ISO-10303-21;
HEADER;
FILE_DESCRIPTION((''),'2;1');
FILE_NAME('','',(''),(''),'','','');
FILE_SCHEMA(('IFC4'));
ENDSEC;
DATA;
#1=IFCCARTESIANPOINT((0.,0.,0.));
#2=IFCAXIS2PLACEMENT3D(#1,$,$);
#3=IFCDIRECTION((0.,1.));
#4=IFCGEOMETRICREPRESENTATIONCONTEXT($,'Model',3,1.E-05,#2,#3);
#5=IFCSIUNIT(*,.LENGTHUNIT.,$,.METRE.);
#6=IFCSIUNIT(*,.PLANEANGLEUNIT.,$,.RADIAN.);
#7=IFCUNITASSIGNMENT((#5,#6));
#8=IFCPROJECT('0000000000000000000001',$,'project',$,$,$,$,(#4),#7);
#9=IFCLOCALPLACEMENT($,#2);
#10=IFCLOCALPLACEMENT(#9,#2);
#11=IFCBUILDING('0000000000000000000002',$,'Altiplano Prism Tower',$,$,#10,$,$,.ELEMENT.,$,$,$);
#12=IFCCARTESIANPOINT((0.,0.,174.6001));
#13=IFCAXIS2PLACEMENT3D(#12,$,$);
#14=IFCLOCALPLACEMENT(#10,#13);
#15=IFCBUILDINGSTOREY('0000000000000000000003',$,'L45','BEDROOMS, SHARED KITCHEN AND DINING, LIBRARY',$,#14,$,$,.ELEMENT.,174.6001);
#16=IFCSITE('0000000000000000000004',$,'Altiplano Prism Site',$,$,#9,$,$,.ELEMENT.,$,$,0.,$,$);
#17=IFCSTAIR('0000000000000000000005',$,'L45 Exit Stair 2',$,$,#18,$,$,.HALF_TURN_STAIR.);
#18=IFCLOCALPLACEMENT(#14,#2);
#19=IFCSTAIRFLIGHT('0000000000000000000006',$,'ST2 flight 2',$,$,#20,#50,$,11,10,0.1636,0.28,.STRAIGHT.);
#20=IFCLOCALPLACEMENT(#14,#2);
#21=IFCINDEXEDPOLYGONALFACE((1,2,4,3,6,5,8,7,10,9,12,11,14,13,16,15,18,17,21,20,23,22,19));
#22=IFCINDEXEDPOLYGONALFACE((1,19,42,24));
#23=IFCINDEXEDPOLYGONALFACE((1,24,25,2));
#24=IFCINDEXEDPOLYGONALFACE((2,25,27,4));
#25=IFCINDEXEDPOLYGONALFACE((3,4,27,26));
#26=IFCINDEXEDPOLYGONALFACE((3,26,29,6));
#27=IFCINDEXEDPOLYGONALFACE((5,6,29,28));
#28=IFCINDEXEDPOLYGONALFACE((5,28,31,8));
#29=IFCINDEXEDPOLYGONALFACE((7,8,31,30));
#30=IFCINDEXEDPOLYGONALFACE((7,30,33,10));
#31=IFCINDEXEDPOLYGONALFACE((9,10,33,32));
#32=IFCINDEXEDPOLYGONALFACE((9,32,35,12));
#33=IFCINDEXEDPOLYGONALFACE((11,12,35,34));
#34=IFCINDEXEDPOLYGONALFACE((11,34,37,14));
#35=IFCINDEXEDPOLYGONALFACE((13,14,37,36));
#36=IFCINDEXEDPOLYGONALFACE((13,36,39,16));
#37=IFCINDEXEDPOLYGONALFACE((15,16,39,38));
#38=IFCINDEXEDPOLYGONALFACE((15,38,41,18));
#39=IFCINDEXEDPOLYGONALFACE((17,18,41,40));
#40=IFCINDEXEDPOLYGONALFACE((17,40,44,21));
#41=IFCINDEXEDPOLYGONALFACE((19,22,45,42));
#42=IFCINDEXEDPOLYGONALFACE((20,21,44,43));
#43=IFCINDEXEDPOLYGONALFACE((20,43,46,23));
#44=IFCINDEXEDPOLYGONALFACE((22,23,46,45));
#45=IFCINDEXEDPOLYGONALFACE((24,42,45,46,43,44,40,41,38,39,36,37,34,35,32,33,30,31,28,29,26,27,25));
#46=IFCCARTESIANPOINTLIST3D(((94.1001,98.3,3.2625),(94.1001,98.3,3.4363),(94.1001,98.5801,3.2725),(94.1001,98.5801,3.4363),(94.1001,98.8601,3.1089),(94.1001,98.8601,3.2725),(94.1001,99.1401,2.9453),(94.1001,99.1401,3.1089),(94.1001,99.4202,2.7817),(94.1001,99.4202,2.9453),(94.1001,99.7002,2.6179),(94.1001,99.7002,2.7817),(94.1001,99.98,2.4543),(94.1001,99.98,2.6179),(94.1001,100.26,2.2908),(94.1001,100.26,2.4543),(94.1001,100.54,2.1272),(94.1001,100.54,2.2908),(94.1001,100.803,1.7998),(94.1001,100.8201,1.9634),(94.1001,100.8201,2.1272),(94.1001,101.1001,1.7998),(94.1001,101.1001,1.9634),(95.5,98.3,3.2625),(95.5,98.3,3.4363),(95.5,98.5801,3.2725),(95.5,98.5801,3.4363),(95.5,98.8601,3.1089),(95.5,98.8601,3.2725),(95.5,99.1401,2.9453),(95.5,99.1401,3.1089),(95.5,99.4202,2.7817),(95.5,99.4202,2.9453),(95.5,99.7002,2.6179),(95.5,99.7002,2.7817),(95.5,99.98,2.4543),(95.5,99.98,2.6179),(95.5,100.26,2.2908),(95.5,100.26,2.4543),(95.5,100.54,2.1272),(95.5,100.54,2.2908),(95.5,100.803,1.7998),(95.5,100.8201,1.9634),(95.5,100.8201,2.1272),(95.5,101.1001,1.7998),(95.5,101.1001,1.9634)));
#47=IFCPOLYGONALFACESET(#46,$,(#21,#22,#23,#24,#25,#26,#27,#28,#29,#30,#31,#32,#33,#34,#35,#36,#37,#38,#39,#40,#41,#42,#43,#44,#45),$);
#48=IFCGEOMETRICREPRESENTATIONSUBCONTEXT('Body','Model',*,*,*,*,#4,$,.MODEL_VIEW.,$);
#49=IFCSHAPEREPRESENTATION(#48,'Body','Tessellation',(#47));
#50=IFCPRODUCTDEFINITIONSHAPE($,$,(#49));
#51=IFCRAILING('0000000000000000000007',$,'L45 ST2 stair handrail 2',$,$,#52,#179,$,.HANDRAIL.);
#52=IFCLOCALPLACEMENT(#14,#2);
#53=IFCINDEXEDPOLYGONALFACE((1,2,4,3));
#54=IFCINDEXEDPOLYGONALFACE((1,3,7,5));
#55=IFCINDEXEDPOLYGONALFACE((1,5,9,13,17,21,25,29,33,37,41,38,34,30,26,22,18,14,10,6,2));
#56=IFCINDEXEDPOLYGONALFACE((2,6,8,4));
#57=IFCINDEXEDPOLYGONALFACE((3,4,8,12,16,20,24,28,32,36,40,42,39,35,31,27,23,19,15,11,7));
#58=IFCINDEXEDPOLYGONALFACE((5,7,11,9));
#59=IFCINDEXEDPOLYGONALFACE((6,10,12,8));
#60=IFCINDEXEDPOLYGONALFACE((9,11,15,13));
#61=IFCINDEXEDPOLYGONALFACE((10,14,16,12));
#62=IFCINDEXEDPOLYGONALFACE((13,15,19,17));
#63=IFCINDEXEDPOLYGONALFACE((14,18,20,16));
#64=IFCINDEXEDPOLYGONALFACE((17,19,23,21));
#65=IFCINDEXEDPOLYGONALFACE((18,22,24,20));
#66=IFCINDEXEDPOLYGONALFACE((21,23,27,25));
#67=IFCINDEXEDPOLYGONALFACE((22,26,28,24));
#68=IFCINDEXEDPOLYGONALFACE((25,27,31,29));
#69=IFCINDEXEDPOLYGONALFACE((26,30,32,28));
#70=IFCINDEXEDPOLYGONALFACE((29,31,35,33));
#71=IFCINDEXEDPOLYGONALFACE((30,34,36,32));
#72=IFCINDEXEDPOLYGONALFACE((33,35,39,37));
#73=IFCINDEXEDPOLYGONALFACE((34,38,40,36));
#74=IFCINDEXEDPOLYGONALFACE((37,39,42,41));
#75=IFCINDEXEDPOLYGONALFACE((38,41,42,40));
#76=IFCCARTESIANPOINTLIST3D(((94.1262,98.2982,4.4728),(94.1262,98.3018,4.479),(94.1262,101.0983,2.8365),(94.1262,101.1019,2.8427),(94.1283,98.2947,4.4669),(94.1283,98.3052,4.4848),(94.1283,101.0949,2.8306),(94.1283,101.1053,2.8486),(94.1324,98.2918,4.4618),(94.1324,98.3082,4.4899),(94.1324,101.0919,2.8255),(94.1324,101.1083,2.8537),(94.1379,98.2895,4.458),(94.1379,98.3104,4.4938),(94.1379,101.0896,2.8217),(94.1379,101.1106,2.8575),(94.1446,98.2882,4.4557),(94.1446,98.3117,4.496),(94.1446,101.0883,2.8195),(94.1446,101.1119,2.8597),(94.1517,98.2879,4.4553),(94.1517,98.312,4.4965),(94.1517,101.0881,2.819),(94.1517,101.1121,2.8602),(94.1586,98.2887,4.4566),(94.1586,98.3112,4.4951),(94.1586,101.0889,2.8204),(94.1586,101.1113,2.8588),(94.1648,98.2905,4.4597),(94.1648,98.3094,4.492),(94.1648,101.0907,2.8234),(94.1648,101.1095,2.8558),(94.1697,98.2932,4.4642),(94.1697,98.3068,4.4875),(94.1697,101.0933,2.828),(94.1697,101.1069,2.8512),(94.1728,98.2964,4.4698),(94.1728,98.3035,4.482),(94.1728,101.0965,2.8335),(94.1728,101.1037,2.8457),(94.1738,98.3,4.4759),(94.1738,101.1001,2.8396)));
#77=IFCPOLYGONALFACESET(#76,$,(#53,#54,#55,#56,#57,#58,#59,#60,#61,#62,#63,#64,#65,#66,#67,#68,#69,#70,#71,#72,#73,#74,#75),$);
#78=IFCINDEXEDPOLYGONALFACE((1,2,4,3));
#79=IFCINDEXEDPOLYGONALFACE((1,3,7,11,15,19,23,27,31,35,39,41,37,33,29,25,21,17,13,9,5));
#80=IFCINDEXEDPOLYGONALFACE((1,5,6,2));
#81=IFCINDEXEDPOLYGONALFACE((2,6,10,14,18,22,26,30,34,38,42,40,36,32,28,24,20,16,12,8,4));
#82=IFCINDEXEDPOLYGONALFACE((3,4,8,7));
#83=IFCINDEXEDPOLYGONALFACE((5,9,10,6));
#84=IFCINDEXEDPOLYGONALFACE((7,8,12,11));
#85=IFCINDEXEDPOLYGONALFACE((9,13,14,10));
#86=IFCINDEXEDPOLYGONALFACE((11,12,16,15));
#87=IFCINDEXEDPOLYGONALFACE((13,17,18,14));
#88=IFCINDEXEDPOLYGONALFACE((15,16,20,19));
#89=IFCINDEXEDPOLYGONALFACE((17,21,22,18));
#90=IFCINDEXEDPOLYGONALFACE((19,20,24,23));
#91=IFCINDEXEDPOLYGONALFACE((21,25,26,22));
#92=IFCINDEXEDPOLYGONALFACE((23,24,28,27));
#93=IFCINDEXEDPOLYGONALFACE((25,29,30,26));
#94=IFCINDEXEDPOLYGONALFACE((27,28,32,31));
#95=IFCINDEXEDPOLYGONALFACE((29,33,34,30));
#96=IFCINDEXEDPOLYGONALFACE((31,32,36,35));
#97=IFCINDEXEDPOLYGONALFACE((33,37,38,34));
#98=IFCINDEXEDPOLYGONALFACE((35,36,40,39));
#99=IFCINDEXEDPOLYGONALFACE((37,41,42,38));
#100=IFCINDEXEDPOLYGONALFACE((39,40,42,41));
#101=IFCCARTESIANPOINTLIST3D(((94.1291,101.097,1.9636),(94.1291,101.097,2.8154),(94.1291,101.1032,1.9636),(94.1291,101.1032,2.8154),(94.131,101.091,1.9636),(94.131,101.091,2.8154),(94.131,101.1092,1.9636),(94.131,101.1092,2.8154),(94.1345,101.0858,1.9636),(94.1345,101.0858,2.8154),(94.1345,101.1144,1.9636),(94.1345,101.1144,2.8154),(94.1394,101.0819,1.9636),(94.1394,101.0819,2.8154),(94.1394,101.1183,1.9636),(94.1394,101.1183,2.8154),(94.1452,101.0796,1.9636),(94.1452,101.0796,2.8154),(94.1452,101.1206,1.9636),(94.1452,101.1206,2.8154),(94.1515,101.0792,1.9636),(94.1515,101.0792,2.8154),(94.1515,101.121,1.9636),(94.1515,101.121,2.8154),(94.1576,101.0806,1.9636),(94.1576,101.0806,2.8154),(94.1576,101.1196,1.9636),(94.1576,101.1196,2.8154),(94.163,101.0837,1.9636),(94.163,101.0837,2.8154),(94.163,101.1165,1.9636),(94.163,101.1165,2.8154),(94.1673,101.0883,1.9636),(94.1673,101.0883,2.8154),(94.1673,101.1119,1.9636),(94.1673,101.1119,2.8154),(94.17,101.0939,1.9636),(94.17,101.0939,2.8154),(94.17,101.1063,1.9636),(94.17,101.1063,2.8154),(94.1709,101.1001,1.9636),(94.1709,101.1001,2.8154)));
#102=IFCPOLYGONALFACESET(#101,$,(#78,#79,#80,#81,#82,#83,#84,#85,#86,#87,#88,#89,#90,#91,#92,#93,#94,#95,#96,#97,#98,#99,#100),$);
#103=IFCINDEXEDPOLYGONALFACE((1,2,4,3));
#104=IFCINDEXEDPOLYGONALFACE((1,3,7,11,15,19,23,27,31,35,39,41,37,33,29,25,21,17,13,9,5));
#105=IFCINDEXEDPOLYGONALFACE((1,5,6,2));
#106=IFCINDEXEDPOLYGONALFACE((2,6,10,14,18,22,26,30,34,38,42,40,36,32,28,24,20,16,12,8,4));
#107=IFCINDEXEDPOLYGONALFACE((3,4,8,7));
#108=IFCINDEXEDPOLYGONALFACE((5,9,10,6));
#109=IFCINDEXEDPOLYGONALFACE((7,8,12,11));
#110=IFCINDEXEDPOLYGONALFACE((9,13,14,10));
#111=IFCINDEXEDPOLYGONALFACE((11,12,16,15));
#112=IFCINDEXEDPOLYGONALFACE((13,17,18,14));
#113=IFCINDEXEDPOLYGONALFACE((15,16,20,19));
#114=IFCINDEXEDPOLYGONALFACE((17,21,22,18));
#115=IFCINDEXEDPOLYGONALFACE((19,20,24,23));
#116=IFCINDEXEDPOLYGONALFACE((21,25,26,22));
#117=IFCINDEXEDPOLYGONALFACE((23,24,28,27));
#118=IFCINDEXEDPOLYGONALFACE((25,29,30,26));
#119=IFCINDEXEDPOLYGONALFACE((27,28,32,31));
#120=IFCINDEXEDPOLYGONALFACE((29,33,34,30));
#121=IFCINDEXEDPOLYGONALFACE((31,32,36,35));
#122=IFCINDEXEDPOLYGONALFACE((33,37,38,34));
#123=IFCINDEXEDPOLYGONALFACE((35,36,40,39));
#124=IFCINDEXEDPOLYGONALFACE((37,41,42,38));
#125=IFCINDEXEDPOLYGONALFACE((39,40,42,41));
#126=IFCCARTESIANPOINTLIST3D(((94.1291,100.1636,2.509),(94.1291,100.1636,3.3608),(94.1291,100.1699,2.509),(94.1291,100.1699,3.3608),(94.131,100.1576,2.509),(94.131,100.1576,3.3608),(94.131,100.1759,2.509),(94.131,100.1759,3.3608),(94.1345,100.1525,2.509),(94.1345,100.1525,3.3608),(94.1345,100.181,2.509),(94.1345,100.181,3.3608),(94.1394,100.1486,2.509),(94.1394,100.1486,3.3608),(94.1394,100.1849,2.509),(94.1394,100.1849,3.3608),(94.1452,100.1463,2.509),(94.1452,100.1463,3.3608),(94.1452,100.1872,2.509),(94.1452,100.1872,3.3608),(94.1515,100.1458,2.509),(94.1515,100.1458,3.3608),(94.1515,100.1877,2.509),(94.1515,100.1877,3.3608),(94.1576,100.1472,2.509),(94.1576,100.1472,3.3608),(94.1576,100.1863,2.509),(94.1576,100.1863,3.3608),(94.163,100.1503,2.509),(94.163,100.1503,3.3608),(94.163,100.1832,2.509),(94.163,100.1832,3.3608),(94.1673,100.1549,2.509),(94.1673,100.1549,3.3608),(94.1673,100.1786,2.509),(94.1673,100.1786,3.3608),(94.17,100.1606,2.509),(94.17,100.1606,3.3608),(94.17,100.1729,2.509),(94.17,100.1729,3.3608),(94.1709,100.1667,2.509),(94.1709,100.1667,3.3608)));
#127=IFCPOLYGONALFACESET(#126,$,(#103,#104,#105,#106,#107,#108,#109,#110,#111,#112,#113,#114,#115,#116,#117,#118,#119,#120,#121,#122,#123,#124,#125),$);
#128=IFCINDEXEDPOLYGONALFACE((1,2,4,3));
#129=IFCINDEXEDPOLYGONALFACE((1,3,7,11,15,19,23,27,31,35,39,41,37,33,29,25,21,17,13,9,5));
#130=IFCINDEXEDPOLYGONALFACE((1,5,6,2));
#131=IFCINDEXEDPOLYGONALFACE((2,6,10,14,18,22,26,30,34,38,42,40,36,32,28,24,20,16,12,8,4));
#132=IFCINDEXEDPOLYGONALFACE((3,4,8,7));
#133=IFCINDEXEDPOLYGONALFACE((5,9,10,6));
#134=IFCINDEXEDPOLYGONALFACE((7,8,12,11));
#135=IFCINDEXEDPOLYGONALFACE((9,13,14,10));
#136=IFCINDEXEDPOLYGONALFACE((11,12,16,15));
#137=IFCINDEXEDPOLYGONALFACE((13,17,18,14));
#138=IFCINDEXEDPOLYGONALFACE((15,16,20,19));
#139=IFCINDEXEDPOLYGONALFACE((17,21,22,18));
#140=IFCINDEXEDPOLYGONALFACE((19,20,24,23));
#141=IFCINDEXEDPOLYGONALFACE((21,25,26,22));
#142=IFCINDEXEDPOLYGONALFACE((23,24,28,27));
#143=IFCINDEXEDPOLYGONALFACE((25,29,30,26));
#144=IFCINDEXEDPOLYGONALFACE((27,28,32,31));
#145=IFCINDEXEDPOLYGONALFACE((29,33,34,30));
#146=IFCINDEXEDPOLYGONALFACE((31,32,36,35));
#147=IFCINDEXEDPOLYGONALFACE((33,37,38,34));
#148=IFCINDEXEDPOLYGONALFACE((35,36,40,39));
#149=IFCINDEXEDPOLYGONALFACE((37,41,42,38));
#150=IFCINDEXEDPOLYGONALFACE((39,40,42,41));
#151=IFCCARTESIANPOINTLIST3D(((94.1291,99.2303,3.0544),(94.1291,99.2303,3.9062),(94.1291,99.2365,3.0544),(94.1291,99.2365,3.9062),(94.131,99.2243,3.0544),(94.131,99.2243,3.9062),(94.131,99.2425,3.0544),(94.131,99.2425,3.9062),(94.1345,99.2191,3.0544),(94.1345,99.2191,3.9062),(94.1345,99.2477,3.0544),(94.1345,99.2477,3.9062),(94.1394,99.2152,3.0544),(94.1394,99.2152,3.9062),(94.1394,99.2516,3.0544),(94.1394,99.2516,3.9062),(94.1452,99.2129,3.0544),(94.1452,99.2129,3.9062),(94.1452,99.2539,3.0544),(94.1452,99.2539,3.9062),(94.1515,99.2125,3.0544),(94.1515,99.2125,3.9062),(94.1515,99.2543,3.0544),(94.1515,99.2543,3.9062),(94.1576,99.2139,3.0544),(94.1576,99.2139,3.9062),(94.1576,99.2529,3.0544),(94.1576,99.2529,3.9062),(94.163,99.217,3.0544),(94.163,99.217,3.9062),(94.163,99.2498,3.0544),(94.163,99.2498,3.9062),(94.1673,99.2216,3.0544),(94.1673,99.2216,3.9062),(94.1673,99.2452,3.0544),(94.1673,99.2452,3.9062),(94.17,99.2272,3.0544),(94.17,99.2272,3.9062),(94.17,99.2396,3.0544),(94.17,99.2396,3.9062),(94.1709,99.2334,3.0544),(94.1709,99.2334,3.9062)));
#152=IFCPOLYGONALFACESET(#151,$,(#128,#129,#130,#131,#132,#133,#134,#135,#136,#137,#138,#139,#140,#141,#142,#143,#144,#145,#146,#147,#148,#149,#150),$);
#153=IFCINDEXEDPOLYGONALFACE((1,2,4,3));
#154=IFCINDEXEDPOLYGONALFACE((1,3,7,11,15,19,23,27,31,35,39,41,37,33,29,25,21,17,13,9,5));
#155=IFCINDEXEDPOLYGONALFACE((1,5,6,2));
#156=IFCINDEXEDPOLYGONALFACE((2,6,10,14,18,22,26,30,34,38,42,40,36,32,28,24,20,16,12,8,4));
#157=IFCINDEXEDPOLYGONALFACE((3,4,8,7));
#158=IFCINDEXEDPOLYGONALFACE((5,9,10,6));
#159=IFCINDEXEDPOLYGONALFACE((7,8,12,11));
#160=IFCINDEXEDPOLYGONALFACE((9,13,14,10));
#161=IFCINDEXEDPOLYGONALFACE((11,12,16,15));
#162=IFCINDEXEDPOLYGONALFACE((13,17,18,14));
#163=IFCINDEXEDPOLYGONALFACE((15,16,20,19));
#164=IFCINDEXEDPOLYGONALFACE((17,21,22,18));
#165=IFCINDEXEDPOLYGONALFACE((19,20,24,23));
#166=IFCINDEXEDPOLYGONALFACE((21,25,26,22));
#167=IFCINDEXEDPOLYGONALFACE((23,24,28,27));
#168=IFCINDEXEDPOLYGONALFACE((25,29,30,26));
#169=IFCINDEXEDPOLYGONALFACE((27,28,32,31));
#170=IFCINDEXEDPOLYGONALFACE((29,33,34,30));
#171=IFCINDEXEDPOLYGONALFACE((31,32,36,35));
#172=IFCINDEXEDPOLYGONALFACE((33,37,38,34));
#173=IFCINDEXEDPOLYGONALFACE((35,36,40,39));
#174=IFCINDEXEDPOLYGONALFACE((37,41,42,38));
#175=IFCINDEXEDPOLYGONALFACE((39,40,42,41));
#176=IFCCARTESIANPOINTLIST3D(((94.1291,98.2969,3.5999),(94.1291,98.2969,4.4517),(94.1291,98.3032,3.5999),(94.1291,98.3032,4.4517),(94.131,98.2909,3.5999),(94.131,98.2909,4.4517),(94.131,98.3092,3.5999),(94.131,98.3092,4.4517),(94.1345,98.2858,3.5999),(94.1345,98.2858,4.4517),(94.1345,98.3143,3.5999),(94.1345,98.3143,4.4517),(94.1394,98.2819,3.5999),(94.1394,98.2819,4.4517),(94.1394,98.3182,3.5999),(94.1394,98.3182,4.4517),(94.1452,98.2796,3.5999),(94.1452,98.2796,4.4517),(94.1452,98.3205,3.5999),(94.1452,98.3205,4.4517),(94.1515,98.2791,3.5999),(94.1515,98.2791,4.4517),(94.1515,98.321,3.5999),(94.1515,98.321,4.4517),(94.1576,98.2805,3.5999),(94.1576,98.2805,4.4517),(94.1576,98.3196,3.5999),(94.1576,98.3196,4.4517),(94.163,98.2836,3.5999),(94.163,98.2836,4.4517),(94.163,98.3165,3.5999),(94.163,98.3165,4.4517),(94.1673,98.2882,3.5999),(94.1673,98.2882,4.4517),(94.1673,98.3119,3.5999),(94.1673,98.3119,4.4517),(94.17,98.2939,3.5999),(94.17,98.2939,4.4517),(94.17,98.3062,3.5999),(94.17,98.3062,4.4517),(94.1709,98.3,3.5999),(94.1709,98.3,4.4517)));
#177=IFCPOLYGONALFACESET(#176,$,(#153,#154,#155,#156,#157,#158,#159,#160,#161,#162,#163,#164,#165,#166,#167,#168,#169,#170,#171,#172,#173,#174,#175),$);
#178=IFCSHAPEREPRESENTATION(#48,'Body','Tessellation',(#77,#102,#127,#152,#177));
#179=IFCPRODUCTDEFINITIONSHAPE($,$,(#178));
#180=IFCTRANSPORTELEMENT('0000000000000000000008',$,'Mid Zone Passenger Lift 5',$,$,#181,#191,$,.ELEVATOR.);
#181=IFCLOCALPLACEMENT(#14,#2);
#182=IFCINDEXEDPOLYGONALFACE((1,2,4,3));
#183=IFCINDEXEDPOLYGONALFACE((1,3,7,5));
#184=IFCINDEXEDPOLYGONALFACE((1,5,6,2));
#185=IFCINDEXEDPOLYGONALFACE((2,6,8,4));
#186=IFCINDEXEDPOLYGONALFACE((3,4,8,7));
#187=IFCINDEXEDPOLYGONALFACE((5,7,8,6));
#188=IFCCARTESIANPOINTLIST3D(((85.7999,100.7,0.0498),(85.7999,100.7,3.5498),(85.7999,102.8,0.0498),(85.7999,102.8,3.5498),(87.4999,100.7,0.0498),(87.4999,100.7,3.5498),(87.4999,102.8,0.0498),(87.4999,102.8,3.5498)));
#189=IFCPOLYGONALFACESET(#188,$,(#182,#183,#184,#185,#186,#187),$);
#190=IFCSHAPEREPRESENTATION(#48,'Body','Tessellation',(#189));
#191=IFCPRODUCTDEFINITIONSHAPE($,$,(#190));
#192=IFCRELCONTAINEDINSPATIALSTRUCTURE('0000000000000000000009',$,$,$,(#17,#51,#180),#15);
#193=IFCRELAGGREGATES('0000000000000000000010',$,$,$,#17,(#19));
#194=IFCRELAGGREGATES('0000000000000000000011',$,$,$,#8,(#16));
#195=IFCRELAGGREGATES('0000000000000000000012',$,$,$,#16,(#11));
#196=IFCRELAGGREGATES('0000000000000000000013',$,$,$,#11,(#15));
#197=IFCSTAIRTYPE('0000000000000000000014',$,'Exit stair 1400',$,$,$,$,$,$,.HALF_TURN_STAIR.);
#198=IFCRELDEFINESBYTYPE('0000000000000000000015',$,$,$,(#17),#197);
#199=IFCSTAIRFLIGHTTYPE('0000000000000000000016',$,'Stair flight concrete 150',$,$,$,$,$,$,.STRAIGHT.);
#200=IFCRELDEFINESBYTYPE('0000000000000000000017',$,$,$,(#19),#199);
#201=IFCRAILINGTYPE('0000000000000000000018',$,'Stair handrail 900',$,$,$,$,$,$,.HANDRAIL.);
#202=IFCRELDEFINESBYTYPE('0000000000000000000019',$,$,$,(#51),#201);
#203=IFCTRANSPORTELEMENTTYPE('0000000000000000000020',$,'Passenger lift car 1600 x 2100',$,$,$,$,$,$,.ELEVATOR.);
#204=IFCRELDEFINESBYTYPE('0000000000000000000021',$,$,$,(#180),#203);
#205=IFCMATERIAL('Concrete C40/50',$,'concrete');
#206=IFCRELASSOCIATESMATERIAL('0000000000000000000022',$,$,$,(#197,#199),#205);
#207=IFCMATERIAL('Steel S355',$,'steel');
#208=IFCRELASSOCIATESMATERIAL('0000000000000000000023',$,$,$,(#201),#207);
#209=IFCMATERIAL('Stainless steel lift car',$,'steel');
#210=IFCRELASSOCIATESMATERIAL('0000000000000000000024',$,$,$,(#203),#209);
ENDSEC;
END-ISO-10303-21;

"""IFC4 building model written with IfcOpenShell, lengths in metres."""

from ifc_helpers import new_model, si_unit, direction, frame, origin, origin_2d, place, context, subcontext, project, spatial, polyline, rectangle, circle, outline, extrude, material, type_object, element, aggregate, save


model = new_model("IFC4")

# Units and contexts
model_context = context("Model", 3, precision=1e-05, world=origin(), true_north=direction((0.0, 1.0)))
body_context = subcontext(model_context, "Body", "Model", "MODEL_VIEW")
ifc_project = project(units=[si_unit("LENGTHUNIT", "METRE"), si_unit("PLANEANGLEUNIT", "RADIAN")], contexts=[model_context])

# Site, building, storey
site_placement = place(None, origin())
site = spatial("IfcSite", under=ifc_project, at=site_placement, Name="Altiplano Prism Site", CompositionType="ELEMENT", RefElevation=0.0)
building_placement = place(site_placement, origin())
building = spatial("IfcBuilding", under=site, at=building_placement, Name="Altiplano Prism Tower", CompositionType="ELEMENT")
storey_placement = place(building_placement, frame((0.0, 0.0, 174.6001)))
storey = spatial("IfcBuildingStorey", under=building, at=storey_placement, Name="L45", Description="BEDROOMS, SHARED KITCHEN AND DINING, LIBRARY", CompositionType="ELEMENT", Elevation=174.6001)

# Stair, stair flight
ifc_material_1 = material(Name="Concrete C40/50", Category="concrete")
stair_type = type_object("IfcStairType", Name="Exit stair 1400", PredefinedType="HALF_TURN_STAIR", material=ifc_material_1)
stair_placement = place(storey_placement, origin())
stair = element("IfcStair", 1, at=stair_placement, inside=storey, type_object=stair_type, Name="L45 Exit Stair 2", PredefinedType="HALF_TURN_STAIR")
stair_flight_type = type_object("IfcStairFlightType", Name="Stair flight concrete 150", PredefinedType="STRAIGHT", material=ifc_material_1)
stair_flight_placement = place(storey_placement, frame((94.8, 101.1001, 1.7998), z_axis=(0.0, 0.0, 1.0), x_axis=(0.0, -1.0, 0.0)))
stair_flight = element("IfcStairFlight", 2, at=stair_flight_placement, type_object=stair_flight_type, Name="ST2 flight 2", NumberOfRisers=11, NumberOfTreads=10, PredefinedType="STRAIGHT", RiserHeight=0.1636, TreadLength=0.28, context=body_context, shape_type="SweptSolid", body=[
    extrude(outline(polyline([(0.0, 0.0), (0.0, 0.1636), (0.28, 0.1636), (0.28, 0.3274), (0.5601, 0.3274), (0.5601, 0.491), (0.8401, 0.491), (0.8401, 0.6545), (1.1201, 0.6545), (1.1201, 0.8181), (1.3999, 0.8181), (1.3999, 0.9819), (1.6799, 0.9819), (1.6799, 1.1455), (1.96, 1.1455), (1.96, 1.3091), (2.24, 1.3091), (2.24, 1.4727), (2.52, 1.4727), (2.52, 1.6365), (2.8, 1.6365), (2.8, 1.8), (2.8, 1.4626), (0.2971, 0.0), (0.0, 0.0)])), frame((0.0, 0.7, 0.0), z_axis=(0.0, -1.0, 0.0), x_axis=(1.0, 0.0, 0.0)), (0.0, 0.0, 1.0), 1.3999),
])
aggregate(stair, [stair_flight])

# Railing
ifc_material_2 = material(Name="Steel S355", Category="steel")
railing_type_1 = type_object("IfcRailingType", Name="Stair handrail 900", PredefinedType="HANDRAIL", material=ifc_material_2)
railing_1_placement = place(storey_placement, frame((94.1499, 101.1001, 1.9636)))
element("IfcRailing", 3, at=railing_1_placement, inside=storey, type_object=railing_type_1, Name="L45 ST2 stair handrail 2", PredefinedType="HANDRAIL", context=body_context, shape_type="SweptSolid", body=[
    extrude(circle(Radius=0.0239, at=origin_2d()), frame((0.0, 0.0, 0.876), z_axis=(0.0, -0.863394, 0.504531), x_axis=(1.0, 0.0, 0.0)), (0.0, 0.0, 1.0), 3.2432),
    extrude(circle(Radius=0.021, at=origin_2d()), origin(), (0.0, 0.0, 1.0), 0.8518),
    extrude(circle(Radius=0.021, at=origin_2d()), frame((0.0, -0.9333, 0.5454)), (0.0, 0.0, 1.0), 0.8518),
    extrude(circle(Radius=0.021, at=origin_2d()), frame((0.0, -1.8667, 1.0908)), (0.0, 0.0, 1.0), 0.8518),
    extrude(circle(Radius=0.021, at=origin_2d()), frame((0.0, -2.8, 1.6362)), (0.0, 0.0, 1.0), 0.8518),
])

# Transport element
ifc_material_3 = material(Name="Stainless steel lift car", Category="steel")
transport_element_type = type_object("IfcTransportElementType", Name="Passenger lift car 1600 x 2100", PredefinedType="ELEVATOR", material=ifc_material_3)
transport_element_placement = place(storey_placement, frame((86.6499, 101.75, 0.0498), z_axis=(0.0, 0.0, 1.0), x_axis=(1.0, 0.0, 0.0)))
element("IfcTransportElement", 4, at=transport_element_placement, inside=storey, type_object=transport_element_type, Name="Mid Zone Passenger Lift 5", PredefinedType="ELEVATOR", context=body_context, shape_type="SweptSolid", body=[
    extrude(rectangle(XDim=1.7, YDim=2.1001, at=origin_2d()), origin(), (0.0, 0.0, 1.0), 3.5),
])

save(model, "model.ifc")
